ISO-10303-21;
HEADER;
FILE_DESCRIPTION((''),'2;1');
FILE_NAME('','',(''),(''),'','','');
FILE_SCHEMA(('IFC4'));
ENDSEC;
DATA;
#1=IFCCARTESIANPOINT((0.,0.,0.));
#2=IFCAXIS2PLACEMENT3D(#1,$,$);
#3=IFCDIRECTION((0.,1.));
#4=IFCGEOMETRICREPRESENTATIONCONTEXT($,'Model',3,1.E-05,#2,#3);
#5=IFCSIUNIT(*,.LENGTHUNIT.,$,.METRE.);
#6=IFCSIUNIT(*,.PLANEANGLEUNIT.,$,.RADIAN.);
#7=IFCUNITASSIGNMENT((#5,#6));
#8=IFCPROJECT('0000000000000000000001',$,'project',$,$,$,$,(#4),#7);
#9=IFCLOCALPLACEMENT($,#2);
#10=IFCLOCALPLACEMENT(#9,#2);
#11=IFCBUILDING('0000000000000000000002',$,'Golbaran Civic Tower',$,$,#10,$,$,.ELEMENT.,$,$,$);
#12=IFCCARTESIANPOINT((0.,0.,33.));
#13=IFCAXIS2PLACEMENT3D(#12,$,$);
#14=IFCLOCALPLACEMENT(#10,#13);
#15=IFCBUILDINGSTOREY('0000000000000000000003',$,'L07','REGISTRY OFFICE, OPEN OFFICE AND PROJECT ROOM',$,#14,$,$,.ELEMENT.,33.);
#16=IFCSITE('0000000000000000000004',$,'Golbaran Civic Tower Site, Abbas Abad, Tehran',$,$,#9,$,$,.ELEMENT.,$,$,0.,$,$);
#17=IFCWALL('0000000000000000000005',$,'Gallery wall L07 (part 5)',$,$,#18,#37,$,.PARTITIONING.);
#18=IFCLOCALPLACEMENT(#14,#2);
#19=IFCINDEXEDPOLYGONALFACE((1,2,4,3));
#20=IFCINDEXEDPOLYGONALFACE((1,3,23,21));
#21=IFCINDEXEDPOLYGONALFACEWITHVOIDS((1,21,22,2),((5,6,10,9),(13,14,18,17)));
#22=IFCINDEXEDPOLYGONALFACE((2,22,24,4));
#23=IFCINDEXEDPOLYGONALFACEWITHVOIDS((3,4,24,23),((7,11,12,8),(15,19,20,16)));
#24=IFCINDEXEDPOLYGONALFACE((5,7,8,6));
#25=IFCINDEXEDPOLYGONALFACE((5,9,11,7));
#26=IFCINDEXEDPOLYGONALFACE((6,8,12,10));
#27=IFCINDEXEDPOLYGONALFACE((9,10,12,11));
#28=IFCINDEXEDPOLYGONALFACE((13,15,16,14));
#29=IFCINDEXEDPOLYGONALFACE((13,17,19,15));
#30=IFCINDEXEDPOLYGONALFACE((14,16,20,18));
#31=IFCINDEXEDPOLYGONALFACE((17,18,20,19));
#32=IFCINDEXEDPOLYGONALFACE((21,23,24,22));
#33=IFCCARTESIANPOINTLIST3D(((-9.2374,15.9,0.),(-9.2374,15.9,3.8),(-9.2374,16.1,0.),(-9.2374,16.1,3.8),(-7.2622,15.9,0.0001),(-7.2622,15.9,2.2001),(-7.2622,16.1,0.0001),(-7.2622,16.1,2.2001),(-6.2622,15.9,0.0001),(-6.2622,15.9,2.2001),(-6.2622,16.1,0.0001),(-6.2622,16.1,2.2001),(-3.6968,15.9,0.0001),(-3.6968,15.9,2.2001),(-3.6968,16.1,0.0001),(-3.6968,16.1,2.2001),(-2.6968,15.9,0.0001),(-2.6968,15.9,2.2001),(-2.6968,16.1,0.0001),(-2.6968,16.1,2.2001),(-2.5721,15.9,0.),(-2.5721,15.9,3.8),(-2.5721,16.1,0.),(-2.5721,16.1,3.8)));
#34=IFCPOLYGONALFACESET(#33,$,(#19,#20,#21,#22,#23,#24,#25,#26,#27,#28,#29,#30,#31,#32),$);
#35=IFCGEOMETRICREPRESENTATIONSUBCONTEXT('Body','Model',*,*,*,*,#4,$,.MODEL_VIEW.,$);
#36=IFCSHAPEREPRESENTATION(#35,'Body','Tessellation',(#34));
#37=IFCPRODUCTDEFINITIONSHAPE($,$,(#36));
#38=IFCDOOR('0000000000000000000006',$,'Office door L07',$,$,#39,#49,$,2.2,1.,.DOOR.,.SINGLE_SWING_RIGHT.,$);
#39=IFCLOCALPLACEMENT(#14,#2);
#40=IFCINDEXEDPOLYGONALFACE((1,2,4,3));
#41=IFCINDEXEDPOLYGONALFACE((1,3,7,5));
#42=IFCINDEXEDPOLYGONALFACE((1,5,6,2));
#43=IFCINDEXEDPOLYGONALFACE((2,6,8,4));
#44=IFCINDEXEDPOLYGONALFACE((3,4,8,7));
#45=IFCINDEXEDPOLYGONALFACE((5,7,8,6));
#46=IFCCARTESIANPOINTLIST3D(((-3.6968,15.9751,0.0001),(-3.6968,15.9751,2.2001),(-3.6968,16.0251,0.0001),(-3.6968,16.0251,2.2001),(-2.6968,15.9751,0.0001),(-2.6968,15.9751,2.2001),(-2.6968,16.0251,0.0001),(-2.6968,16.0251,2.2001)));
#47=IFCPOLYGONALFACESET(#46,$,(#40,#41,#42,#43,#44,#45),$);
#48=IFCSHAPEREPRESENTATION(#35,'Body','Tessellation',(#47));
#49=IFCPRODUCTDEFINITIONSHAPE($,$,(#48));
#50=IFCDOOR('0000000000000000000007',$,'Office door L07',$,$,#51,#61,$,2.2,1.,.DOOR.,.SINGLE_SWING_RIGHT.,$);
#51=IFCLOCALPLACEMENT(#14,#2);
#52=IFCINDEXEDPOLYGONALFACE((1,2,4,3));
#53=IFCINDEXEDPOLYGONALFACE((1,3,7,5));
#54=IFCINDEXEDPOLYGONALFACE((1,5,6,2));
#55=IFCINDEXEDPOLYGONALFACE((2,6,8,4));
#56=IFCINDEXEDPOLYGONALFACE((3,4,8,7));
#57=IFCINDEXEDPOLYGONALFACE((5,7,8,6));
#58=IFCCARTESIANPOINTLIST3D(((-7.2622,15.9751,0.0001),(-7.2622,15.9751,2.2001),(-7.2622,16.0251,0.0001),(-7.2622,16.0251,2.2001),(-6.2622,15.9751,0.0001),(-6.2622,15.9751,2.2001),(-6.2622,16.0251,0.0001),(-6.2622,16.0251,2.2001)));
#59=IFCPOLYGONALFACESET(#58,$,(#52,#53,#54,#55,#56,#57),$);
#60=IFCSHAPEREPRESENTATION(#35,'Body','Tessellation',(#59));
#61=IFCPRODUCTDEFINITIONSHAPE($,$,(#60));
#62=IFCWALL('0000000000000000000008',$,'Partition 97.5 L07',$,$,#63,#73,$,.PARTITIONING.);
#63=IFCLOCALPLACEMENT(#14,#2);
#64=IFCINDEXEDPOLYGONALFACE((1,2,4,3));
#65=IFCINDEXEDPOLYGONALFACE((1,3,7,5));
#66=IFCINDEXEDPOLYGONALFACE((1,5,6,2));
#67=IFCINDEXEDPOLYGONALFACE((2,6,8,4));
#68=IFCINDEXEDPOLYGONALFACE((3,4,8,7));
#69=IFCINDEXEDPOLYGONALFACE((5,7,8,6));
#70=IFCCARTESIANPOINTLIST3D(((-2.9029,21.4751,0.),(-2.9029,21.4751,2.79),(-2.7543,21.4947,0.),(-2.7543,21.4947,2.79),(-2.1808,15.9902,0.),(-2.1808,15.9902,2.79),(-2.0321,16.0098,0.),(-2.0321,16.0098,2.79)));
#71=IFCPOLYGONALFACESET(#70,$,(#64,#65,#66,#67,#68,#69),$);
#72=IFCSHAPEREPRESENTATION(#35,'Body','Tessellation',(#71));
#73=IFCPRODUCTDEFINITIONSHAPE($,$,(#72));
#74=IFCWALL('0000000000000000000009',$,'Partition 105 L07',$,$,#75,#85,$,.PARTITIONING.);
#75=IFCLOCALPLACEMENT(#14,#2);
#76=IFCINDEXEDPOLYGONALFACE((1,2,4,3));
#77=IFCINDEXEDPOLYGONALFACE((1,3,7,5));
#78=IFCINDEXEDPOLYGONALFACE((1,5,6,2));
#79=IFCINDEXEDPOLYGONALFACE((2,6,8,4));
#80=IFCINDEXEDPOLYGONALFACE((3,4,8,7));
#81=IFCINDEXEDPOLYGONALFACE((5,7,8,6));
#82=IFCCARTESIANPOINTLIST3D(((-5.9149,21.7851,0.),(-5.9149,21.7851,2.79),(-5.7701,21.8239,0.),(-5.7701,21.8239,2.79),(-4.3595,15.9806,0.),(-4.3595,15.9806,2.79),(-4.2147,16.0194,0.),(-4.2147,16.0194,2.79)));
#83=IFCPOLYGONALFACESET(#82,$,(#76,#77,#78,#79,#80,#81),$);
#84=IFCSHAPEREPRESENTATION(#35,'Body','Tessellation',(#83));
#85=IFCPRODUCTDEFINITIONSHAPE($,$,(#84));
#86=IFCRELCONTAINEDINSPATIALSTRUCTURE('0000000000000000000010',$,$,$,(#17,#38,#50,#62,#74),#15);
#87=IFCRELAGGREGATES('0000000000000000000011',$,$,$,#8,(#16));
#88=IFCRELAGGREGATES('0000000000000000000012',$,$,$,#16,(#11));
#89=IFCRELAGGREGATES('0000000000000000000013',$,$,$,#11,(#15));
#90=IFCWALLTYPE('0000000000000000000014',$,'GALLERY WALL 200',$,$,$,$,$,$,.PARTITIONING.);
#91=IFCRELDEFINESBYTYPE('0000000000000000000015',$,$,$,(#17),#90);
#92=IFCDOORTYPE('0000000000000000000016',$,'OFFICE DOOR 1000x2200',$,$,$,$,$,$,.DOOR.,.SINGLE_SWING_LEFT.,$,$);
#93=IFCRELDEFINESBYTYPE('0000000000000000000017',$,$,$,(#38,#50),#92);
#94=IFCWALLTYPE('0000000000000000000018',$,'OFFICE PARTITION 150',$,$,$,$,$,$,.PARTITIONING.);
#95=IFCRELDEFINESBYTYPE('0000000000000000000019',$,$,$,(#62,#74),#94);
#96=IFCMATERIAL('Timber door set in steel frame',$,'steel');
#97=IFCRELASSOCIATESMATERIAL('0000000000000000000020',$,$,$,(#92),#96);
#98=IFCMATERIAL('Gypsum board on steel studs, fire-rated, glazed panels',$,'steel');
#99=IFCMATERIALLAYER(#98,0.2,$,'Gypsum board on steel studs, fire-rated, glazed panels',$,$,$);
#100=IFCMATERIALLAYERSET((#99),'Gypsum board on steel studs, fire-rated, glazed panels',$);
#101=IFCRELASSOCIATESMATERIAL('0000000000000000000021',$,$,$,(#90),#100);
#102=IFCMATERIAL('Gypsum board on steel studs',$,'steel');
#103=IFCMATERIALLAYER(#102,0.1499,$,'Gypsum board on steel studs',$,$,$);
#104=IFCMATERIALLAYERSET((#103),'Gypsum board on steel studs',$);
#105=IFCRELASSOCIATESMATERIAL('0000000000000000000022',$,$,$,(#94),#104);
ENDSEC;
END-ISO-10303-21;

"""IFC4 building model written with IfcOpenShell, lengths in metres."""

from ifc_helpers import new_model, si_unit, direction, frame, frame_2d, origin, place, context, subcontext, project, spatial, rectangle, extrude, material, layer, layer_set, type_object, element, fill, save


model = new_model("IFC4")

# Units and contexts
model_context = context("Model", 3, precision=1e-05, world=origin(), true_north=direction((0.0, 1.0)))
body_context = subcontext(model_context, "Body", "Model", "MODEL_VIEW")
ifc_project = project(units=[si_unit("LENGTHUNIT", "METRE"), si_unit("PLANEANGLEUNIT", "RADIAN")], contexts=[model_context])

# Site, building, storey
site_placement = place(None, origin())
site = spatial("IfcSite", under=ifc_project, at=site_placement, Name="Golbaran Civic Tower Site, Abbas Abad, Tehran", CompositionType="ELEMENT", RefElevation=0.0)
building_placement = place(site_placement, origin())
building = spatial("IfcBuilding", under=site, at=building_placement, Name="Golbaran Civic Tower", CompositionType="ELEMENT")
storey_placement = place(building_placement, frame((0.0, 0.0, 33.0)))
storey = spatial("IfcBuildingStorey", under=building, at=storey_placement, Name="L07", Description="REGISTRY OFFICE, OPEN OFFICE AND PROJECT ROOM", CompositionType="ELEMENT", Elevation=33.0)

# Shared definitions
ifc_material_1 = material(Name="Timber door set in steel frame", Category="steel")
door_type = type_object("IfcDoorType", Name="OFFICE DOOR 1000x2200", OperationType="SINGLE_SWING_LEFT", PredefinedType="DOOR", material=ifc_material_1)

# Shared definitions
ifc_material_2 = material(Name="Gypsum board on steel studs, fire-rated, glazed panels", Category="steel")
ifc_layer_1 = layer(ifc_material_2, 0.2, Name="Gypsum board on steel studs, fire-rated, glazed panels")
ifc_layer_set_1 = layer_set([ifc_layer_1], Name="Gypsum board on steel studs, fire-rated, glazed panels")
wall_type_1 = type_object("IfcWallType", Name="GALLERY WALL 200", PredefinedType="PARTITIONING", material=ifc_layer_set_1)

# Wall, openings, doors
wall_1_placement = place(storey_placement, frame((-2.5723, 16.0, 0.0), z_axis=(0.0, 0.0, 1.0), x_axis=(-1.0, 0.0, 0.0)))
wall_1 = element("IfcWall", 1, at=wall_1_placement, inside=storey, type_object=wall_type_1, Name="Gallery wall L07 (part 5)", PredefinedType="PARTITIONING", context=body_context, shape_type="SweptSolid", body=[
    extrude(rectangle(XDim=6.6653, YDim=0.2, at=frame_2d((3.3325, 0.0))), origin(), (0.0, 0.0, 1.0), 3.8),
])
opening_1_placement = place(wall_1_placement, frame((0.1245, 0.0, 0.0)))
opening_1 = element("IfcOpeningElement", 2, at=opening_1_placement, cuts=wall_1, PredefinedType="OPENING", context=body_context, shape_type="SweptSolid", body=[
    extrude(rectangle(XDim=1.0, YDim=2.2, at=frame_2d((0.5, 1.1001))), frame((0.0, 0.1099, 0.0), z_axis=(0.0, -1.0, 0.0), x_axis=(1.0, 0.0, 0.0)), (0.0, 0.0, 1.0), 0.22),
])
opening_2_placement = place(wall_1_placement, frame((3.6899, 0.0, 0.0)))
opening_2 = element("IfcOpeningElement", 3, at=opening_2_placement, cuts=wall_1, PredefinedType="OPENING", context=body_context, shape_type="SweptSolid", body=[
    extrude(rectangle(XDim=1.0, YDim=2.2, at=frame_2d((0.5, 1.1001))), frame((0.0, 0.1099, 0.0), z_axis=(0.0, -1.0, 0.0), x_axis=(1.0, 0.0, 0.0)), (0.0, 0.0, 1.0), 0.22),
])
door_1_placement = place(opening_1_placement, origin())
door_1 = element("IfcDoor", 4, at=door_1_placement, inside=storey, type_object=door_type, Name="Office door L07", OperationType="SINGLE_SWING_RIGHT", OverallHeight=2.2, OverallWidth=1.0, PredefinedType="DOOR", context=body_context, shape_type="SweptSolid", body=[
    extrude(rectangle(XDim=1.0, YDim=2.2, at=frame_2d((0.5, 1.1001))), frame((0.0, 0.0249, 0.0), z_axis=(0.0, -1.0, 0.0), x_axis=(1.0, 0.0, 0.0)), (0.0, 0.0, 1.0), 0.05),
])
fill(opening_1, door_1)
door_2_placement = place(opening_2_placement, origin())
door_2 = element("IfcDoor", 5, at=door_2_placement, inside=storey, type_object=door_type, Name="Office door L07", OperationType="SINGLE_SWING_RIGHT", OverallHeight=2.2, OverallWidth=1.0, PredefinedType="DOOR", context=body_context, shape_type="SweptSolid", body=[
    extrude(rectangle(XDim=1.0, YDim=2.2, at=frame_2d((0.5, 1.1001))), frame((0.0, 0.0249, 0.0), z_axis=(0.0, -1.0, 0.0), x_axis=(1.0, 0.0, 0.0)), (0.0, 0.0, 1.0), 0.05),
])
fill(opening_2, door_2)

# Walls
ifc_material_3 = material(Name="Gypsum board on steel studs", Category="steel")
ifc_layer_2 = layer(ifc_material_3, 0.1499, Name="Gypsum board on steel studs")
ifc_layer_set_2 = layer_set([ifc_layer_2], Name="Gypsum board on steel studs")
wall_type_2 = type_object("IfcWallType", Name="OFFICE PARTITION 150", PredefinedType="PARTITIONING", material=ifc_layer_set_2)
wall_2_placement = place(storey_placement, frame((-2.1064, 16.0, 0.0), z_axis=(0.0, 0.0, 1.0), x_axis=(-0.130539, 0.991443, 0.0)))
element("IfcWall", 6, at=wall_2_placement, inside=storey, type_object=wall_type_2, Name="Partition 97.5 L07", PredefinedType="PARTITIONING", context=body_context, shape_type="SweptSolid", body=[
    extrude(rectangle(XDim=5.5322, YDim=0.1499, at=frame_2d((2.7661, 0.0))), origin(), (0.0, 0.0, 1.0), 2.79),
])
wall_3_placement = place(storey_placement, frame((-4.2871, 16.0, 0.0), z_axis=(0.0, 0.0, 1.0), x_axis=(-0.258838, 0.965921, 0.0)))
element("IfcWall", 7, at=wall_3_placement, inside=storey, type_object=wall_type_2, Name="Partition 105 L07", PredefinedType="PARTITIONING", context=body_context, shape_type="SweptSolid", body=[
    extrude(rectangle(XDim=6.0093, YDim=0.1499, at=frame_2d((3.0046, 0.0))), origin(), (0.0, 0.0, 1.0), 2.79),
])

save(model, "model.ifc")
